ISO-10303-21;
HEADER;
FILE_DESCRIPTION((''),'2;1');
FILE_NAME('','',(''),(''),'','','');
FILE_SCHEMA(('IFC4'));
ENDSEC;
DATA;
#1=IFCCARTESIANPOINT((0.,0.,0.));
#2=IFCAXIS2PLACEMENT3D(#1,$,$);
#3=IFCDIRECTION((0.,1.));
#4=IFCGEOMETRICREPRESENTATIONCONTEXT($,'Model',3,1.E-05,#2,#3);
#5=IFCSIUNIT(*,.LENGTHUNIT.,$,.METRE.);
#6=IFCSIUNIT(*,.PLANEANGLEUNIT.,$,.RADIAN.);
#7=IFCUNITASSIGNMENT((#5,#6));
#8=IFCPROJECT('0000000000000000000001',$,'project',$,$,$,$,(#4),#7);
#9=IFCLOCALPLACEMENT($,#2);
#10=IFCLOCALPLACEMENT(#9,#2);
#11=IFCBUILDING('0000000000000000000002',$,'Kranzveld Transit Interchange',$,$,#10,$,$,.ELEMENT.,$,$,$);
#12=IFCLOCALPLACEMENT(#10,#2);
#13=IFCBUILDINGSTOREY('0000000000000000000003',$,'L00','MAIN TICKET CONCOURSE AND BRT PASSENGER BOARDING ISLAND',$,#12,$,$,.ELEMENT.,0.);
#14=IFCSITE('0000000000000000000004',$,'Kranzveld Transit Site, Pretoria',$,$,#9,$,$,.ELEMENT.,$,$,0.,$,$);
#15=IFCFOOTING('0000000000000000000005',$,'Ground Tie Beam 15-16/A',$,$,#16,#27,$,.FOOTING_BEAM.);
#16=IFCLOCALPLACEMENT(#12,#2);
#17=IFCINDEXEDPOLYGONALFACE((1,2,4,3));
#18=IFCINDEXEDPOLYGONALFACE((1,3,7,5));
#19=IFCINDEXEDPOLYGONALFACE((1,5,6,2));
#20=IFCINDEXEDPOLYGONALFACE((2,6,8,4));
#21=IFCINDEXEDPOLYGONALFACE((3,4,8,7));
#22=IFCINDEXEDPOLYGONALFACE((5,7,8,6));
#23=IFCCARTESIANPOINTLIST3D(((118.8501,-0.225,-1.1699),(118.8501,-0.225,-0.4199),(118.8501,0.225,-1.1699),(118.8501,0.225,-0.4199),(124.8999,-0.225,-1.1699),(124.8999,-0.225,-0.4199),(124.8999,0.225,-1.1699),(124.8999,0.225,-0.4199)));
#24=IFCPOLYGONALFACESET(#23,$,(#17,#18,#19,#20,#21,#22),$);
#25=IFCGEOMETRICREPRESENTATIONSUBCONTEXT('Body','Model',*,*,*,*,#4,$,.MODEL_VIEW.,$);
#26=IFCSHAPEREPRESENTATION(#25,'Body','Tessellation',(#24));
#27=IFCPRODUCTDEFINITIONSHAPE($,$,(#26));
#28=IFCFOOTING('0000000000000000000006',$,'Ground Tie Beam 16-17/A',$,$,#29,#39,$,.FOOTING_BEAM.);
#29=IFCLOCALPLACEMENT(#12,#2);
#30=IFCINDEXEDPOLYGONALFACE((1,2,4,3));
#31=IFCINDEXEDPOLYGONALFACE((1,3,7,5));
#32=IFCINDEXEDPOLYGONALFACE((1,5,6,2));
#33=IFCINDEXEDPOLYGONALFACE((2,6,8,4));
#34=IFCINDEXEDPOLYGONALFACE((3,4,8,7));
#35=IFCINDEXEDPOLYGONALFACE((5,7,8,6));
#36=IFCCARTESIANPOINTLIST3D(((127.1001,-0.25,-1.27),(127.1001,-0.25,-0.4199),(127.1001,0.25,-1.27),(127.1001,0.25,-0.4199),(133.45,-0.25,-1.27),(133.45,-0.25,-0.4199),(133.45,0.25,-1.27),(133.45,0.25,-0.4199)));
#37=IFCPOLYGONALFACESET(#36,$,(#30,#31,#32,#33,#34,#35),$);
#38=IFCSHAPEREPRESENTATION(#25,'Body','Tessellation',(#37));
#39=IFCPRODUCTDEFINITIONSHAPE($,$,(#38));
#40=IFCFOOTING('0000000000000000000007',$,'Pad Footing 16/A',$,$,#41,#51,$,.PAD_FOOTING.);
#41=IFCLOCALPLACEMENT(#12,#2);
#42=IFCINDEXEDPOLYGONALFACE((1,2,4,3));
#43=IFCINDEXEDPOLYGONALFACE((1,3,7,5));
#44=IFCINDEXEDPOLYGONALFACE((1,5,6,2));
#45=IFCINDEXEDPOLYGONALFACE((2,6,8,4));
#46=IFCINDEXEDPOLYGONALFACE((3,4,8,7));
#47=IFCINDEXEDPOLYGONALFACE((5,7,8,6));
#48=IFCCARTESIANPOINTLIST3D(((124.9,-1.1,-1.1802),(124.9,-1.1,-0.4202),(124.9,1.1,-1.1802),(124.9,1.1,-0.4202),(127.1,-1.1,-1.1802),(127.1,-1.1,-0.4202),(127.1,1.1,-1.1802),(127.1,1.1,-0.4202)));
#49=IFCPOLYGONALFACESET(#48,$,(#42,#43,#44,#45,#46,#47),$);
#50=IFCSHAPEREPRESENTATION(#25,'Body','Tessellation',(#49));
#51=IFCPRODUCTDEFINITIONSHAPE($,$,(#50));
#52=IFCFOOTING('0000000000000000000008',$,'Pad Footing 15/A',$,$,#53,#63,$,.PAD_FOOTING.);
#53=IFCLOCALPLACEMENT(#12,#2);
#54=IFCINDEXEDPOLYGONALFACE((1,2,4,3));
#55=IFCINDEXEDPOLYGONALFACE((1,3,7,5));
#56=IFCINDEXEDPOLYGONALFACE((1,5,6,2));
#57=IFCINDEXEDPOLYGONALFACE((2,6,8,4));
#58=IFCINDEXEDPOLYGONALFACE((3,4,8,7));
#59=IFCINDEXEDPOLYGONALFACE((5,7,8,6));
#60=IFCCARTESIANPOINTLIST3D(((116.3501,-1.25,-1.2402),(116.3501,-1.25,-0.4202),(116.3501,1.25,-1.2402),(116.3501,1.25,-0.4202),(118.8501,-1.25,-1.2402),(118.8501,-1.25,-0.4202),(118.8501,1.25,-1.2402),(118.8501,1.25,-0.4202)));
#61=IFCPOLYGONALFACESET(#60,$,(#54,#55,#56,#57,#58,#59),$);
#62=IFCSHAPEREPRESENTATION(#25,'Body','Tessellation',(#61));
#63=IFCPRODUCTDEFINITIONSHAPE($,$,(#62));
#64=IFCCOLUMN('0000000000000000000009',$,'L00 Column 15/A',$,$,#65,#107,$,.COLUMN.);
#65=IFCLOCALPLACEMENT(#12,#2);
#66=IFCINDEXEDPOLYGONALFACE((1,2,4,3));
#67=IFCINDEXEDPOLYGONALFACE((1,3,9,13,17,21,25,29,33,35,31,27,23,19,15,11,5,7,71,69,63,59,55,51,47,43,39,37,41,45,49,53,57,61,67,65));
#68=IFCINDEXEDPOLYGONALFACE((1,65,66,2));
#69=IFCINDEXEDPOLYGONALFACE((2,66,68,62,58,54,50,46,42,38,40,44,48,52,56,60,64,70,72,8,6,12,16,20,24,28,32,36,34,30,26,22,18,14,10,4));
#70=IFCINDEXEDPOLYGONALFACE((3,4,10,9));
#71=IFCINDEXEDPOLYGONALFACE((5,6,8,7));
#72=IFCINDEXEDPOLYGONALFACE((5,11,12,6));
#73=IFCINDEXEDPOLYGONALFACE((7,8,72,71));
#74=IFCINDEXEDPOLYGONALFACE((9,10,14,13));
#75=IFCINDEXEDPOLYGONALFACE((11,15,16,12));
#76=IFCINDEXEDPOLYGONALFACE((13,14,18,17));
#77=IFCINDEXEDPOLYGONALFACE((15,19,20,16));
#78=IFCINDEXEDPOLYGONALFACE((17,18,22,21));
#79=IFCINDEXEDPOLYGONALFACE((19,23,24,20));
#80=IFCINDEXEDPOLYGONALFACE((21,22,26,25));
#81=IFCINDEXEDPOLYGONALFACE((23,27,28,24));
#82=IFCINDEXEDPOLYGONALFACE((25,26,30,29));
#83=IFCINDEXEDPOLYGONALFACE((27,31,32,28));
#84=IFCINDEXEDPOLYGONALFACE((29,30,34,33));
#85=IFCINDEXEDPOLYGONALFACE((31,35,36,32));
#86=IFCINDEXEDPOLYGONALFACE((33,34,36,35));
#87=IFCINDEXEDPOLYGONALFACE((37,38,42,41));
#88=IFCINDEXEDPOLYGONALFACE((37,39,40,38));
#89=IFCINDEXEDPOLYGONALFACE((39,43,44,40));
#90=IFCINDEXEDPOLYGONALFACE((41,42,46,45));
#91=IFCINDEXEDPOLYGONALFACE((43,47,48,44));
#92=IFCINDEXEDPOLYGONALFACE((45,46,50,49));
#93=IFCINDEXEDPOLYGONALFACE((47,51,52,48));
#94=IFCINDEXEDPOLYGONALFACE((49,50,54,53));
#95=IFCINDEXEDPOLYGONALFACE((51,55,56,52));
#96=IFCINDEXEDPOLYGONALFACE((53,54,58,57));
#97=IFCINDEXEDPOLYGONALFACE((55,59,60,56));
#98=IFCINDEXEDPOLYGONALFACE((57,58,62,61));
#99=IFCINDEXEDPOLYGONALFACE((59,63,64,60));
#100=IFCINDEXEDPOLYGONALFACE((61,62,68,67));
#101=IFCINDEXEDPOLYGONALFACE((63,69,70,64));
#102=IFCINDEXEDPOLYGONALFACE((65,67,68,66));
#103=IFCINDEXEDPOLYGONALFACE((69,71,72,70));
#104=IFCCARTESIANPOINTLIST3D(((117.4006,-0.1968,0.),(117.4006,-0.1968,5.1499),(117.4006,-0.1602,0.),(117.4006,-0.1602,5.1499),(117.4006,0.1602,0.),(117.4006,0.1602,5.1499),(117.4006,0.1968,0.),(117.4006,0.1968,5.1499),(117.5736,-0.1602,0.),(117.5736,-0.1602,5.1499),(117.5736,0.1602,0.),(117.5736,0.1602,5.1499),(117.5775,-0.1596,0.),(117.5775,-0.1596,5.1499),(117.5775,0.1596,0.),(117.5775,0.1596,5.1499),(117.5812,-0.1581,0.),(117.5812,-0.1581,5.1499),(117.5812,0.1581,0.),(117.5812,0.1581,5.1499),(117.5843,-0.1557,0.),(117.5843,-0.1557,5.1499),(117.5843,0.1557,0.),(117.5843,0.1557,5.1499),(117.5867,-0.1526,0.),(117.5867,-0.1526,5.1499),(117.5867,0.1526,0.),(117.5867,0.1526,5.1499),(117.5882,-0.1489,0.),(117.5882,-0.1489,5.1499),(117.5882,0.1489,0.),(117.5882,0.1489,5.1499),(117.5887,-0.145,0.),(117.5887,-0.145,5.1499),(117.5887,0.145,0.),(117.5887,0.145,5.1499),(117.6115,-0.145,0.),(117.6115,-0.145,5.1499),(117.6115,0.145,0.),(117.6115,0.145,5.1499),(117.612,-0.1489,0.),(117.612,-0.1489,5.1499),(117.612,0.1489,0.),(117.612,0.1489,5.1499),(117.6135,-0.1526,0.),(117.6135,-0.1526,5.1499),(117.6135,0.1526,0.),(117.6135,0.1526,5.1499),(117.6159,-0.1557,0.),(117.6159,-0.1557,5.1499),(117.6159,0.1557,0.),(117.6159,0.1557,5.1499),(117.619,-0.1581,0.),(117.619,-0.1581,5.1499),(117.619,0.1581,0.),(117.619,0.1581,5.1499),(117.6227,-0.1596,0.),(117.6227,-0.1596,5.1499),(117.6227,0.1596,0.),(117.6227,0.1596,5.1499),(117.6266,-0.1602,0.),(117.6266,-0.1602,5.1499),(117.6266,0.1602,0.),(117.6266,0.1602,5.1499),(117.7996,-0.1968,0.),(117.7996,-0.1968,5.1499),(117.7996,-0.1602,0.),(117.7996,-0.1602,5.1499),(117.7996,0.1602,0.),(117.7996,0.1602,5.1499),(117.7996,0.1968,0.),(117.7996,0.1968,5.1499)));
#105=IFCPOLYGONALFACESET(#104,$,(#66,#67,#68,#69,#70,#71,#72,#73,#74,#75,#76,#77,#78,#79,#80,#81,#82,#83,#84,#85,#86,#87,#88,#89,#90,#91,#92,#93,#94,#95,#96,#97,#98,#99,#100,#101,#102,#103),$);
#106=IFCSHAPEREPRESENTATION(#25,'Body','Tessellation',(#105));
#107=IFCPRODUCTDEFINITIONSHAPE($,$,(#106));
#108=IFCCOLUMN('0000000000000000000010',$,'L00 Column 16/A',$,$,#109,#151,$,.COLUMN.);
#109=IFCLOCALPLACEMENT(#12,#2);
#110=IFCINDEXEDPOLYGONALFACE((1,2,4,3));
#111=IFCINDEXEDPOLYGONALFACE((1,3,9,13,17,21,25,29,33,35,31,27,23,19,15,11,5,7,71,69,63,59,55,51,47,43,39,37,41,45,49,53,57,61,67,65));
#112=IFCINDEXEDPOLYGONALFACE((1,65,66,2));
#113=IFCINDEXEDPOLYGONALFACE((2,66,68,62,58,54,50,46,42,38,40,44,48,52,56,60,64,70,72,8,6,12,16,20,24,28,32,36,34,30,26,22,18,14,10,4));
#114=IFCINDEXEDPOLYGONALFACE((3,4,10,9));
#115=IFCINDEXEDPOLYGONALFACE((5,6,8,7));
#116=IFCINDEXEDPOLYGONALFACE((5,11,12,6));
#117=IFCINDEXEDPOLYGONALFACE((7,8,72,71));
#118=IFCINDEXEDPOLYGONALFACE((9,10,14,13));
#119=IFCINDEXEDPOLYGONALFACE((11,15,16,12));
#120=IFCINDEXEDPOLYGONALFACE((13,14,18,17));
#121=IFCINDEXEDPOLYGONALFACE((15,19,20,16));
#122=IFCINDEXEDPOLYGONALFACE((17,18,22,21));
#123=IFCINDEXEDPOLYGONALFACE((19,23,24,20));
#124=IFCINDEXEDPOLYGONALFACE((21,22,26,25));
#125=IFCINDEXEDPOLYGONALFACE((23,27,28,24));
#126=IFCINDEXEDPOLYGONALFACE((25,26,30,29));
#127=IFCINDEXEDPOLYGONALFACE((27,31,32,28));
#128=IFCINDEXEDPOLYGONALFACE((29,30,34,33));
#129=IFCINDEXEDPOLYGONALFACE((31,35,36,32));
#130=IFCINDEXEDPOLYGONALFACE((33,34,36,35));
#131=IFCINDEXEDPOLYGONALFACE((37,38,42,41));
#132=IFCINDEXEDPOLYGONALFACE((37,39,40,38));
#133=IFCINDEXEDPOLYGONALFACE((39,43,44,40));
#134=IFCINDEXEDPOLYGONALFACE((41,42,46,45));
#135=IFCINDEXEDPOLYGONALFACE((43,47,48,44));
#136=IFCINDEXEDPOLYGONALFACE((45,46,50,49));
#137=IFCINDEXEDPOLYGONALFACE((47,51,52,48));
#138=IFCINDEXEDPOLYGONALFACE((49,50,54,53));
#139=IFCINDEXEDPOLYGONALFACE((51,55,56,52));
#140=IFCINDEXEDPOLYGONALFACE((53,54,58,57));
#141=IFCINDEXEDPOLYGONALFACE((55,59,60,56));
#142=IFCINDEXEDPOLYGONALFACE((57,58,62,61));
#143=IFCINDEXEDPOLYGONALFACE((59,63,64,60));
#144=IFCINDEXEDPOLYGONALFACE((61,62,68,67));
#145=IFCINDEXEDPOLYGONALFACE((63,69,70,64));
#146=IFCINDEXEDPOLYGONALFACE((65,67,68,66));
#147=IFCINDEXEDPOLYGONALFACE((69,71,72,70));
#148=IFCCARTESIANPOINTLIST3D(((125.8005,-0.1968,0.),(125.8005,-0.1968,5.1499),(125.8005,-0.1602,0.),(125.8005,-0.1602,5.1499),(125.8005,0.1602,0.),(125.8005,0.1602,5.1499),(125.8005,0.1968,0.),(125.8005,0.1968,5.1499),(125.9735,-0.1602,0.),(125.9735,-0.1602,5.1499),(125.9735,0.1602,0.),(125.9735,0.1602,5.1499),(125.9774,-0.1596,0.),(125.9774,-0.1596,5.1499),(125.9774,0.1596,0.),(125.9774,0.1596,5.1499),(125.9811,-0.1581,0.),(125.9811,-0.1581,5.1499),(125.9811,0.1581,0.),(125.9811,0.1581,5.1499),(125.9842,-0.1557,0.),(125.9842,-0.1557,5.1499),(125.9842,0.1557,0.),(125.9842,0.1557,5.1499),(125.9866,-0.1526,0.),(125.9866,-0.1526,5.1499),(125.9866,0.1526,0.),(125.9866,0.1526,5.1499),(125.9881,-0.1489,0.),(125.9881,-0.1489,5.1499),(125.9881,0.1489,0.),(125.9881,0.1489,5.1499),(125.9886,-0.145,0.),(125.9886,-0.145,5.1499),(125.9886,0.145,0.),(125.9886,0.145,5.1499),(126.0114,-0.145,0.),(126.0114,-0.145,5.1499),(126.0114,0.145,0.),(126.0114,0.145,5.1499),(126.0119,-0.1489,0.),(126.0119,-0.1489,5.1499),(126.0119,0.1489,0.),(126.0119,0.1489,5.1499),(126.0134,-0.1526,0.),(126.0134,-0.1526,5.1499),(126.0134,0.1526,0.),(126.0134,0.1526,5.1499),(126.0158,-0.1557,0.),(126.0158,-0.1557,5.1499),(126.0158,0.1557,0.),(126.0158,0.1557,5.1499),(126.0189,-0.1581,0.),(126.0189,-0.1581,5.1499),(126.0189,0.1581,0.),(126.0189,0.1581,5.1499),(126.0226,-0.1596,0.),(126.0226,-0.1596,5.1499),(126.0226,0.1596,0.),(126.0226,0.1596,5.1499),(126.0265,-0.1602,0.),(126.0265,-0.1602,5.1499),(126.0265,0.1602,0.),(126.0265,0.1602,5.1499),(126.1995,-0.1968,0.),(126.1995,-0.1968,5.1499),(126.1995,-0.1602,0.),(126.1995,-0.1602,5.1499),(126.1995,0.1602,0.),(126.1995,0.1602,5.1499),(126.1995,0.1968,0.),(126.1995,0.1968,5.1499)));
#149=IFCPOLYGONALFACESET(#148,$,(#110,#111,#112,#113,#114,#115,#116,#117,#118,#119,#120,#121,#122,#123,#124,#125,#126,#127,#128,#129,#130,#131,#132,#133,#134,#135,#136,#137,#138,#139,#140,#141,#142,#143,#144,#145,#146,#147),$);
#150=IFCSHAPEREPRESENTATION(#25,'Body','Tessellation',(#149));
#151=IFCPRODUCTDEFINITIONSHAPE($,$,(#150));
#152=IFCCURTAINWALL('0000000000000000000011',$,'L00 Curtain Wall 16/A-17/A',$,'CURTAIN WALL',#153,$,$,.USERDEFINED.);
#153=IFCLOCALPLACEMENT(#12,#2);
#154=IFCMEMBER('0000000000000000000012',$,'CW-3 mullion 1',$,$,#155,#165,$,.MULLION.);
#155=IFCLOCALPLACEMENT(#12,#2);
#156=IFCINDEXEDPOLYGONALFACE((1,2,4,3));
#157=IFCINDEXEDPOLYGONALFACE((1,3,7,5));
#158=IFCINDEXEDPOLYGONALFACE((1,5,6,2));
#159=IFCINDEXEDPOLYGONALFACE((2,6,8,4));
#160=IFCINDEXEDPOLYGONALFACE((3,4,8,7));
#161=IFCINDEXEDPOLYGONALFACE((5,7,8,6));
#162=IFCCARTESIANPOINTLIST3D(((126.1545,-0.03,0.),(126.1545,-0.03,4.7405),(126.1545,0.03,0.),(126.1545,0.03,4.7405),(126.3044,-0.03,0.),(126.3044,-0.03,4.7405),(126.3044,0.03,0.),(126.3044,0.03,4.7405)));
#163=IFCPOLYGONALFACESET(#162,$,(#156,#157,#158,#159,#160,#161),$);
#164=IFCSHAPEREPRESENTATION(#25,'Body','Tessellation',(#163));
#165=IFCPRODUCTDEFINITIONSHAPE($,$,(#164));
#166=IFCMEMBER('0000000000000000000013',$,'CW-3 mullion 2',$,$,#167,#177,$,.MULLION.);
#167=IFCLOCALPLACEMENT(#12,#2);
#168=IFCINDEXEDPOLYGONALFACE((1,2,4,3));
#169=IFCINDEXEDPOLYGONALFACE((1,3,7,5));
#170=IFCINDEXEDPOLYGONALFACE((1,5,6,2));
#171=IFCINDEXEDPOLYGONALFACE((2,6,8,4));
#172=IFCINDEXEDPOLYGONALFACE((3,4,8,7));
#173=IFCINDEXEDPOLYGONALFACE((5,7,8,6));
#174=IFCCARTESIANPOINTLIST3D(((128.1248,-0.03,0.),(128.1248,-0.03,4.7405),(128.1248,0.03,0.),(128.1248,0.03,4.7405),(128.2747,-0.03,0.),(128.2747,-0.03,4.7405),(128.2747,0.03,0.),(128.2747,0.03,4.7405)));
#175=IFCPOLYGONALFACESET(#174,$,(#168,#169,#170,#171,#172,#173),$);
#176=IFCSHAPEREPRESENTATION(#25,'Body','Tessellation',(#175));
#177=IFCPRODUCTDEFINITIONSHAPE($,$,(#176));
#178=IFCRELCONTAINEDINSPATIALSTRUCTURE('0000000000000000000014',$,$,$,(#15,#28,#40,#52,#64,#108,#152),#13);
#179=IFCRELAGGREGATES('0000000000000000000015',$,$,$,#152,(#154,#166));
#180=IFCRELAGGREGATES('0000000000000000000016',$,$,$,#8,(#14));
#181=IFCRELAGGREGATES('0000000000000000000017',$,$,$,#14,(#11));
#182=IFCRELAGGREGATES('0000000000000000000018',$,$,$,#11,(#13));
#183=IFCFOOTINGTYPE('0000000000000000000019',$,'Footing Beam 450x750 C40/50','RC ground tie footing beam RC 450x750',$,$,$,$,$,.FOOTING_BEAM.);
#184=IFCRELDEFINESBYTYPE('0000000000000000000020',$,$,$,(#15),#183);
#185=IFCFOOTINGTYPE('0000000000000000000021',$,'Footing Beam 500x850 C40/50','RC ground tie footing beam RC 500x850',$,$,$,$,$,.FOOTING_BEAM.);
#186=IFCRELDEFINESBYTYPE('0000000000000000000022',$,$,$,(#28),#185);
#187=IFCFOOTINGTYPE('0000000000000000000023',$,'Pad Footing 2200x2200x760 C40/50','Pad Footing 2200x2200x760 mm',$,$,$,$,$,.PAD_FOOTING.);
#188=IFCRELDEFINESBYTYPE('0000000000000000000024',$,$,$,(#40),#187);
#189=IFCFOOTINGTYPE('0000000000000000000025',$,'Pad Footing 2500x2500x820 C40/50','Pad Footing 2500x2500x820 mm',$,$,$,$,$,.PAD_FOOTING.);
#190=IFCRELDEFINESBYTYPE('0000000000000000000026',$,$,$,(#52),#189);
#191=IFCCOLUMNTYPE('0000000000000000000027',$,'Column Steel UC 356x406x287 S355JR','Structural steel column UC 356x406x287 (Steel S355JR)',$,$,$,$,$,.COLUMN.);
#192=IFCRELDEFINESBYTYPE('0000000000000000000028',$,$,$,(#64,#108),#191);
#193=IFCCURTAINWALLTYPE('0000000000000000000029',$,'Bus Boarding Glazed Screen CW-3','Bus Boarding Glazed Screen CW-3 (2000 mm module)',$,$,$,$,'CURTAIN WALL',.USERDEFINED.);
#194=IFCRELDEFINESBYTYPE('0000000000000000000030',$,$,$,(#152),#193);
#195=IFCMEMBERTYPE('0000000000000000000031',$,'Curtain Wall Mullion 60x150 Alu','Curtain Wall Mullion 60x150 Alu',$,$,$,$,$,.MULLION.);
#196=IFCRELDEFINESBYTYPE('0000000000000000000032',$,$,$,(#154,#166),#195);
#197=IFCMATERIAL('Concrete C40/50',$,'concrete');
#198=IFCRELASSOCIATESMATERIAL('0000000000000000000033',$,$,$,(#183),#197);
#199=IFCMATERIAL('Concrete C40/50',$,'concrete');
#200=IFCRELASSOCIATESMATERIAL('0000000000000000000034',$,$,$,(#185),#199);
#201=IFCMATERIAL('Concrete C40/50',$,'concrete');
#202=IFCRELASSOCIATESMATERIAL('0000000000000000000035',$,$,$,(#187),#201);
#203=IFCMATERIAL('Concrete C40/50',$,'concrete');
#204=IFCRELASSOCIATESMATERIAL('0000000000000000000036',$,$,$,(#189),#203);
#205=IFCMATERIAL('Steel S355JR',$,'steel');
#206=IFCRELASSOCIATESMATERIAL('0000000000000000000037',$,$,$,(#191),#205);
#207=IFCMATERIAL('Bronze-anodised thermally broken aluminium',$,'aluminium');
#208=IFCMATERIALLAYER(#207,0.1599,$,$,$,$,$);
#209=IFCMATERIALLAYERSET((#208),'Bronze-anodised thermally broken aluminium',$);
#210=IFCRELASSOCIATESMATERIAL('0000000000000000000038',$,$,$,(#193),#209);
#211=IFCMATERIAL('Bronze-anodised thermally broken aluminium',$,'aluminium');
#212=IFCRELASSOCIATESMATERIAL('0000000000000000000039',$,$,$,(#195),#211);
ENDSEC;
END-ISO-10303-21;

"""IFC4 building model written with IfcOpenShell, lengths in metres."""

from ifc_helpers import new_model, si_unit, direction, frame, origin, origin_2d, place, context, subcontext, project, spatial, rectangle, i_section, extrude, material, layer, layer_set, material_profile, profile_set, type_object, element, aggregate, save


model = new_model("IFC4")

# Units and contexts
model_context = context("Model", 3, precision=1e-05, world=origin(), true_north=direction((0.0, 1.0)))
body_context = subcontext(model_context, "Body", "Model", "MODEL_VIEW")
ifc_project = project(units=[si_unit("LENGTHUNIT", "METRE"), si_unit("PLANEANGLEUNIT", "RADIAN")], contexts=[model_context])

# Site, building, storey
site_placement = place(None, origin())
site = spatial("IfcSite", under=ifc_project, at=site_placement, Name="Kranzveld Transit Site, Pretoria", CompositionType="ELEMENT", RefElevation=0.0)
building_placement = place(site_placement, origin())
building = spatial("IfcBuilding", under=site, at=building_placement, Name="Kranzveld Transit Interchange", CompositionType="ELEMENT")
storey_placement = place(building_placement, origin())
storey = spatial("IfcBuildingStorey", under=building, at=storey_placement, Name="L00", Description="MAIN TICKET CONCOURSE AND BRT PASSENGER BOARDING ISLAND", CompositionType="ELEMENT", Elevation=0.0)

# Footings
ifc_material_1 = material(Name="Concrete C40/50", Category="concrete")
ifc_material_profile_1 = material_profile(ifc_material_1, rectangle(XDim=0.45, YDim=0.75, at=origin_2d()), Name="RC 450x750")
ifc_profile_set_1 = profile_set([ifc_material_profile_1], Name="Concrete C40/50")
footing_type_1 = type_object("IfcFootingType", Name="Footing Beam 450x750 C40/50", Description="RC ground tie footing beam RC 450x750", PredefinedType="FOOTING_BEAM", material=ifc_profile_set_1)
footing_1_placement = place(storey_placement, frame((118.8501, 0.0, -0.7949), z_axis=(1.0, 0.0, 0.0), x_axis=(0.0, 1.0, 0.0)))
element("IfcFooting", 1, at=footing_1_placement, inside=storey, type_object=footing_type_1, Name="Ground Tie Beam 15-16/A", PredefinedType="FOOTING_BEAM", context=body_context, shape_type="SweptSolid", body=[
    extrude(rectangle(XDim=0.45, YDim=0.75, at=origin_2d()), origin(), (0.0, 0.0, 1.0), 6.0498),
])
ifc_material_2 = material(Name="Concrete C40/50", Category="concrete")
ifc_material_profile_2 = material_profile(ifc_material_2, rectangle(XDim=0.5, YDim=0.8501, at=origin_2d()), Name="RC 500x850")
ifc_profile_set_2 = profile_set([ifc_material_profile_2], Name="Concrete C40/50")
footing_type_2 = type_object("IfcFootingType", Name="Footing Beam 500x850 C40/50", Description="RC ground tie footing beam RC 500x850", PredefinedType="FOOTING_BEAM", material=ifc_profile_set_2)
footing_2_placement = place(storey_placement, frame((127.1001, 0.0, -0.845), z_axis=(1.0, 0.0, 0.0), x_axis=(0.0, 1.0, 0.0)))
element("IfcFooting", 2, at=footing_2_placement, inside=storey, type_object=footing_type_2, Name="Ground Tie Beam 16-17/A", PredefinedType="FOOTING_BEAM", context=body_context, shape_type="SweptSolid", body=[
    extrude(rectangle(XDim=0.5, YDim=0.8501, at=origin_2d()), origin(), (0.0, 0.0, 1.0), 6.3499),
])
ifc_material_3 = material(Name="Concrete C40/50", Category="concrete")
footing_type_3 = type_object("IfcFootingType", Name="Pad Footing 2200x2200x760 C40/50", Description="Pad Footing 2200x2200x760 mm", PredefinedType="PAD_FOOTING", material=ifc_material_3)
footing_3_placement = place(storey_placement, frame((126.0, 0.0, -1.1802), z_axis=(0.0, 0.0, 1.0), x_axis=(1.0, 0.0, 0.0)))
element("IfcFooting", 3, at=footing_3_placement, inside=storey, type_object=footing_type_3, Name="Pad Footing 16/A", PredefinedType="PAD_FOOTING", context=body_context, shape_type="SweptSolid", body=[
    extrude(rectangle(XDim=2.2, YDim=2.2, at=origin_2d()), origin(), (0.0, 0.0, 1.0), 0.76),
])
ifc_material_4 = material(Name="Concrete C40/50", Category="concrete")
footing_type_4 = type_object("IfcFootingType", Name="Pad Footing 2500x2500x820 C40/50", Description="Pad Footing 2500x2500x820 mm", PredefinedType="PAD_FOOTING", material=ifc_material_4)
footing_4_placement = place(storey_placement, frame((117.6001, 0.0, -1.2402), z_axis=(0.0, 0.0, 1.0), x_axis=(1.0, 0.0, 0.0)))
element("IfcFooting", 4, at=footing_4_placement, inside=storey, type_object=footing_type_4, Name="Pad Footing 15/A", PredefinedType="PAD_FOOTING", context=body_context, shape_type="SweptSolid", body=[
    extrude(rectangle(XDim=2.5, YDim=2.5, at=origin_2d()), origin(), (0.0, 0.0, 1.0), 0.8201),
])

# Columns
ifc_material_5 = material(Name="Steel S355JR", Category="steel")
ifc_material_profile_3 = material_profile(ifc_material_5, i_section(OverallWidth=0.3989, OverallDepth=0.3936, WebThickness=0.0227, FlangeThickness=0.0366, FilletRadius=0.0151, at=origin_2d()), Name="UC 356x406x287")
ifc_profile_set_3 = profile_set([ifc_material_profile_3], Name="Steel S355JR")
column_type = type_object("IfcColumnType", Name="Column Steel UC 356x406x287 S355JR", Description="Structural steel column UC 356x406x287 (Steel S355JR)", PredefinedType="COLUMN", material=ifc_profile_set_3)
for number, where, z_axis, x_axis, name in (
    (5, (117.6001, 0.0, 0.0), (0.0, 0.0, 1.0), (1.0, 0.0, 0.0), "L00 Column 15/A"),
    (6, (126.0, 0.0, 0.0), (0.0, 0.0, 1.0), (1.0, 0.0, 0.0), "L00 Column 16/A"),
):
    element("IfcColumn", number, at=place(storey_placement, frame(where, z_axis=z_axis, x_axis=x_axis)), inside=storey, type_object=column_type, Name=name, PredefinedType="COLUMN", context=body_context, shape_type="SweptSolid", body=[
        extrude(i_section(OverallWidth=0.3989, OverallDepth=0.3936, WebThickness=0.0227, FlangeThickness=0.0366, FilletRadius=0.0151, at=origin_2d()), origin(), (0.0, 0.0, 1.0), 5.1499),
    ])

# Curtain wall, members
ifc_material_6 = material(Name="Bronze-anodised thermally broken aluminium", Category="aluminium")
ifc_layer_1 = layer(ifc_material_6, 0.1599)
ifc_layer_set_1 = layer_set([ifc_layer_1], Name="Bronze-anodised thermally broken aluminium")
curtain_wall_type_1 = type_object("IfcCurtainWallType", Name="Bus Boarding Glazed Screen CW-3", Description="Bus Boarding Glazed Screen CW-3 (2000 mm module)", ElementType="CURTAIN WALL", PredefinedType="USERDEFINED", material=ifc_layer_set_1)
curtain_wall_1_placement = place(storey_placement, origin())
curtain_wall_1 = element("IfcCurtainWall", 7, at=curtain_wall_1_placement, inside=storey, type_object=curtain_wall_type_1, Name="L00 Curtain Wall 16/A-17/A", ObjectType="CURTAIN WALL", PredefinedType="USERDEFINED")
ifc_material_7 = material(Name="Bronze-anodised thermally broken aluminium", Category="aluminium")
ifc_material_profile_4 = material_profile(ifc_material_7, rectangle(XDim=0.0601, YDim=0.1499, at=origin_2d()), Name="ALU MULLION 60x150")
ifc_profile_set_4 = profile_set([ifc_material_profile_4], Name="Bronze-anodised thermally broken aluminium")
member_type_1 = type_object("IfcMemberType", Name="Curtain Wall Mullion 60x150 Alu", Description="Curtain Wall Mullion 60x150 Alu", PredefinedType="MULLION", material=ifc_profile_set_4)
member_1_placement = place(storey_placement, frame((126.2295, 0.0, 0.0), z_axis=(0.0, 0.0, 1.0), x_axis=(0.0, 1.0, 0.0)))
member_1 = element("IfcMember", 8, at=member_1_placement, type_object=member_type_1, Name="CW-3 mullion 1", PredefinedType="MULLION", context=body_context, shape_type="SweptSolid", body=[
    extrude(rectangle(XDim=0.0601, YDim=0.1499, at=origin_2d()), origin(), (0.0, 0.0, 1.0), 4.7405),
])
member_2_placement = place(storey_placement, frame((128.1997, 0.0, 0.0), z_axis=(0.0, 0.0, 1.0), x_axis=(0.0, 1.0, 0.0)))
member_2 = element("IfcMember", 9, at=member_2_placement, type_object=member_type_1, Name="CW-3 mullion 2", PredefinedType="MULLION", context=body_context, shape_type="SweptSolid", body=[
    extrude(rectangle(XDim=0.0601, YDim=0.1499, at=origin_2d()), origin(), (0.0, 0.0, 1.0), 4.7405),
])

aggregate(curtain_wall_1, [member_1, member_2])

save(model, "model.ifc")
